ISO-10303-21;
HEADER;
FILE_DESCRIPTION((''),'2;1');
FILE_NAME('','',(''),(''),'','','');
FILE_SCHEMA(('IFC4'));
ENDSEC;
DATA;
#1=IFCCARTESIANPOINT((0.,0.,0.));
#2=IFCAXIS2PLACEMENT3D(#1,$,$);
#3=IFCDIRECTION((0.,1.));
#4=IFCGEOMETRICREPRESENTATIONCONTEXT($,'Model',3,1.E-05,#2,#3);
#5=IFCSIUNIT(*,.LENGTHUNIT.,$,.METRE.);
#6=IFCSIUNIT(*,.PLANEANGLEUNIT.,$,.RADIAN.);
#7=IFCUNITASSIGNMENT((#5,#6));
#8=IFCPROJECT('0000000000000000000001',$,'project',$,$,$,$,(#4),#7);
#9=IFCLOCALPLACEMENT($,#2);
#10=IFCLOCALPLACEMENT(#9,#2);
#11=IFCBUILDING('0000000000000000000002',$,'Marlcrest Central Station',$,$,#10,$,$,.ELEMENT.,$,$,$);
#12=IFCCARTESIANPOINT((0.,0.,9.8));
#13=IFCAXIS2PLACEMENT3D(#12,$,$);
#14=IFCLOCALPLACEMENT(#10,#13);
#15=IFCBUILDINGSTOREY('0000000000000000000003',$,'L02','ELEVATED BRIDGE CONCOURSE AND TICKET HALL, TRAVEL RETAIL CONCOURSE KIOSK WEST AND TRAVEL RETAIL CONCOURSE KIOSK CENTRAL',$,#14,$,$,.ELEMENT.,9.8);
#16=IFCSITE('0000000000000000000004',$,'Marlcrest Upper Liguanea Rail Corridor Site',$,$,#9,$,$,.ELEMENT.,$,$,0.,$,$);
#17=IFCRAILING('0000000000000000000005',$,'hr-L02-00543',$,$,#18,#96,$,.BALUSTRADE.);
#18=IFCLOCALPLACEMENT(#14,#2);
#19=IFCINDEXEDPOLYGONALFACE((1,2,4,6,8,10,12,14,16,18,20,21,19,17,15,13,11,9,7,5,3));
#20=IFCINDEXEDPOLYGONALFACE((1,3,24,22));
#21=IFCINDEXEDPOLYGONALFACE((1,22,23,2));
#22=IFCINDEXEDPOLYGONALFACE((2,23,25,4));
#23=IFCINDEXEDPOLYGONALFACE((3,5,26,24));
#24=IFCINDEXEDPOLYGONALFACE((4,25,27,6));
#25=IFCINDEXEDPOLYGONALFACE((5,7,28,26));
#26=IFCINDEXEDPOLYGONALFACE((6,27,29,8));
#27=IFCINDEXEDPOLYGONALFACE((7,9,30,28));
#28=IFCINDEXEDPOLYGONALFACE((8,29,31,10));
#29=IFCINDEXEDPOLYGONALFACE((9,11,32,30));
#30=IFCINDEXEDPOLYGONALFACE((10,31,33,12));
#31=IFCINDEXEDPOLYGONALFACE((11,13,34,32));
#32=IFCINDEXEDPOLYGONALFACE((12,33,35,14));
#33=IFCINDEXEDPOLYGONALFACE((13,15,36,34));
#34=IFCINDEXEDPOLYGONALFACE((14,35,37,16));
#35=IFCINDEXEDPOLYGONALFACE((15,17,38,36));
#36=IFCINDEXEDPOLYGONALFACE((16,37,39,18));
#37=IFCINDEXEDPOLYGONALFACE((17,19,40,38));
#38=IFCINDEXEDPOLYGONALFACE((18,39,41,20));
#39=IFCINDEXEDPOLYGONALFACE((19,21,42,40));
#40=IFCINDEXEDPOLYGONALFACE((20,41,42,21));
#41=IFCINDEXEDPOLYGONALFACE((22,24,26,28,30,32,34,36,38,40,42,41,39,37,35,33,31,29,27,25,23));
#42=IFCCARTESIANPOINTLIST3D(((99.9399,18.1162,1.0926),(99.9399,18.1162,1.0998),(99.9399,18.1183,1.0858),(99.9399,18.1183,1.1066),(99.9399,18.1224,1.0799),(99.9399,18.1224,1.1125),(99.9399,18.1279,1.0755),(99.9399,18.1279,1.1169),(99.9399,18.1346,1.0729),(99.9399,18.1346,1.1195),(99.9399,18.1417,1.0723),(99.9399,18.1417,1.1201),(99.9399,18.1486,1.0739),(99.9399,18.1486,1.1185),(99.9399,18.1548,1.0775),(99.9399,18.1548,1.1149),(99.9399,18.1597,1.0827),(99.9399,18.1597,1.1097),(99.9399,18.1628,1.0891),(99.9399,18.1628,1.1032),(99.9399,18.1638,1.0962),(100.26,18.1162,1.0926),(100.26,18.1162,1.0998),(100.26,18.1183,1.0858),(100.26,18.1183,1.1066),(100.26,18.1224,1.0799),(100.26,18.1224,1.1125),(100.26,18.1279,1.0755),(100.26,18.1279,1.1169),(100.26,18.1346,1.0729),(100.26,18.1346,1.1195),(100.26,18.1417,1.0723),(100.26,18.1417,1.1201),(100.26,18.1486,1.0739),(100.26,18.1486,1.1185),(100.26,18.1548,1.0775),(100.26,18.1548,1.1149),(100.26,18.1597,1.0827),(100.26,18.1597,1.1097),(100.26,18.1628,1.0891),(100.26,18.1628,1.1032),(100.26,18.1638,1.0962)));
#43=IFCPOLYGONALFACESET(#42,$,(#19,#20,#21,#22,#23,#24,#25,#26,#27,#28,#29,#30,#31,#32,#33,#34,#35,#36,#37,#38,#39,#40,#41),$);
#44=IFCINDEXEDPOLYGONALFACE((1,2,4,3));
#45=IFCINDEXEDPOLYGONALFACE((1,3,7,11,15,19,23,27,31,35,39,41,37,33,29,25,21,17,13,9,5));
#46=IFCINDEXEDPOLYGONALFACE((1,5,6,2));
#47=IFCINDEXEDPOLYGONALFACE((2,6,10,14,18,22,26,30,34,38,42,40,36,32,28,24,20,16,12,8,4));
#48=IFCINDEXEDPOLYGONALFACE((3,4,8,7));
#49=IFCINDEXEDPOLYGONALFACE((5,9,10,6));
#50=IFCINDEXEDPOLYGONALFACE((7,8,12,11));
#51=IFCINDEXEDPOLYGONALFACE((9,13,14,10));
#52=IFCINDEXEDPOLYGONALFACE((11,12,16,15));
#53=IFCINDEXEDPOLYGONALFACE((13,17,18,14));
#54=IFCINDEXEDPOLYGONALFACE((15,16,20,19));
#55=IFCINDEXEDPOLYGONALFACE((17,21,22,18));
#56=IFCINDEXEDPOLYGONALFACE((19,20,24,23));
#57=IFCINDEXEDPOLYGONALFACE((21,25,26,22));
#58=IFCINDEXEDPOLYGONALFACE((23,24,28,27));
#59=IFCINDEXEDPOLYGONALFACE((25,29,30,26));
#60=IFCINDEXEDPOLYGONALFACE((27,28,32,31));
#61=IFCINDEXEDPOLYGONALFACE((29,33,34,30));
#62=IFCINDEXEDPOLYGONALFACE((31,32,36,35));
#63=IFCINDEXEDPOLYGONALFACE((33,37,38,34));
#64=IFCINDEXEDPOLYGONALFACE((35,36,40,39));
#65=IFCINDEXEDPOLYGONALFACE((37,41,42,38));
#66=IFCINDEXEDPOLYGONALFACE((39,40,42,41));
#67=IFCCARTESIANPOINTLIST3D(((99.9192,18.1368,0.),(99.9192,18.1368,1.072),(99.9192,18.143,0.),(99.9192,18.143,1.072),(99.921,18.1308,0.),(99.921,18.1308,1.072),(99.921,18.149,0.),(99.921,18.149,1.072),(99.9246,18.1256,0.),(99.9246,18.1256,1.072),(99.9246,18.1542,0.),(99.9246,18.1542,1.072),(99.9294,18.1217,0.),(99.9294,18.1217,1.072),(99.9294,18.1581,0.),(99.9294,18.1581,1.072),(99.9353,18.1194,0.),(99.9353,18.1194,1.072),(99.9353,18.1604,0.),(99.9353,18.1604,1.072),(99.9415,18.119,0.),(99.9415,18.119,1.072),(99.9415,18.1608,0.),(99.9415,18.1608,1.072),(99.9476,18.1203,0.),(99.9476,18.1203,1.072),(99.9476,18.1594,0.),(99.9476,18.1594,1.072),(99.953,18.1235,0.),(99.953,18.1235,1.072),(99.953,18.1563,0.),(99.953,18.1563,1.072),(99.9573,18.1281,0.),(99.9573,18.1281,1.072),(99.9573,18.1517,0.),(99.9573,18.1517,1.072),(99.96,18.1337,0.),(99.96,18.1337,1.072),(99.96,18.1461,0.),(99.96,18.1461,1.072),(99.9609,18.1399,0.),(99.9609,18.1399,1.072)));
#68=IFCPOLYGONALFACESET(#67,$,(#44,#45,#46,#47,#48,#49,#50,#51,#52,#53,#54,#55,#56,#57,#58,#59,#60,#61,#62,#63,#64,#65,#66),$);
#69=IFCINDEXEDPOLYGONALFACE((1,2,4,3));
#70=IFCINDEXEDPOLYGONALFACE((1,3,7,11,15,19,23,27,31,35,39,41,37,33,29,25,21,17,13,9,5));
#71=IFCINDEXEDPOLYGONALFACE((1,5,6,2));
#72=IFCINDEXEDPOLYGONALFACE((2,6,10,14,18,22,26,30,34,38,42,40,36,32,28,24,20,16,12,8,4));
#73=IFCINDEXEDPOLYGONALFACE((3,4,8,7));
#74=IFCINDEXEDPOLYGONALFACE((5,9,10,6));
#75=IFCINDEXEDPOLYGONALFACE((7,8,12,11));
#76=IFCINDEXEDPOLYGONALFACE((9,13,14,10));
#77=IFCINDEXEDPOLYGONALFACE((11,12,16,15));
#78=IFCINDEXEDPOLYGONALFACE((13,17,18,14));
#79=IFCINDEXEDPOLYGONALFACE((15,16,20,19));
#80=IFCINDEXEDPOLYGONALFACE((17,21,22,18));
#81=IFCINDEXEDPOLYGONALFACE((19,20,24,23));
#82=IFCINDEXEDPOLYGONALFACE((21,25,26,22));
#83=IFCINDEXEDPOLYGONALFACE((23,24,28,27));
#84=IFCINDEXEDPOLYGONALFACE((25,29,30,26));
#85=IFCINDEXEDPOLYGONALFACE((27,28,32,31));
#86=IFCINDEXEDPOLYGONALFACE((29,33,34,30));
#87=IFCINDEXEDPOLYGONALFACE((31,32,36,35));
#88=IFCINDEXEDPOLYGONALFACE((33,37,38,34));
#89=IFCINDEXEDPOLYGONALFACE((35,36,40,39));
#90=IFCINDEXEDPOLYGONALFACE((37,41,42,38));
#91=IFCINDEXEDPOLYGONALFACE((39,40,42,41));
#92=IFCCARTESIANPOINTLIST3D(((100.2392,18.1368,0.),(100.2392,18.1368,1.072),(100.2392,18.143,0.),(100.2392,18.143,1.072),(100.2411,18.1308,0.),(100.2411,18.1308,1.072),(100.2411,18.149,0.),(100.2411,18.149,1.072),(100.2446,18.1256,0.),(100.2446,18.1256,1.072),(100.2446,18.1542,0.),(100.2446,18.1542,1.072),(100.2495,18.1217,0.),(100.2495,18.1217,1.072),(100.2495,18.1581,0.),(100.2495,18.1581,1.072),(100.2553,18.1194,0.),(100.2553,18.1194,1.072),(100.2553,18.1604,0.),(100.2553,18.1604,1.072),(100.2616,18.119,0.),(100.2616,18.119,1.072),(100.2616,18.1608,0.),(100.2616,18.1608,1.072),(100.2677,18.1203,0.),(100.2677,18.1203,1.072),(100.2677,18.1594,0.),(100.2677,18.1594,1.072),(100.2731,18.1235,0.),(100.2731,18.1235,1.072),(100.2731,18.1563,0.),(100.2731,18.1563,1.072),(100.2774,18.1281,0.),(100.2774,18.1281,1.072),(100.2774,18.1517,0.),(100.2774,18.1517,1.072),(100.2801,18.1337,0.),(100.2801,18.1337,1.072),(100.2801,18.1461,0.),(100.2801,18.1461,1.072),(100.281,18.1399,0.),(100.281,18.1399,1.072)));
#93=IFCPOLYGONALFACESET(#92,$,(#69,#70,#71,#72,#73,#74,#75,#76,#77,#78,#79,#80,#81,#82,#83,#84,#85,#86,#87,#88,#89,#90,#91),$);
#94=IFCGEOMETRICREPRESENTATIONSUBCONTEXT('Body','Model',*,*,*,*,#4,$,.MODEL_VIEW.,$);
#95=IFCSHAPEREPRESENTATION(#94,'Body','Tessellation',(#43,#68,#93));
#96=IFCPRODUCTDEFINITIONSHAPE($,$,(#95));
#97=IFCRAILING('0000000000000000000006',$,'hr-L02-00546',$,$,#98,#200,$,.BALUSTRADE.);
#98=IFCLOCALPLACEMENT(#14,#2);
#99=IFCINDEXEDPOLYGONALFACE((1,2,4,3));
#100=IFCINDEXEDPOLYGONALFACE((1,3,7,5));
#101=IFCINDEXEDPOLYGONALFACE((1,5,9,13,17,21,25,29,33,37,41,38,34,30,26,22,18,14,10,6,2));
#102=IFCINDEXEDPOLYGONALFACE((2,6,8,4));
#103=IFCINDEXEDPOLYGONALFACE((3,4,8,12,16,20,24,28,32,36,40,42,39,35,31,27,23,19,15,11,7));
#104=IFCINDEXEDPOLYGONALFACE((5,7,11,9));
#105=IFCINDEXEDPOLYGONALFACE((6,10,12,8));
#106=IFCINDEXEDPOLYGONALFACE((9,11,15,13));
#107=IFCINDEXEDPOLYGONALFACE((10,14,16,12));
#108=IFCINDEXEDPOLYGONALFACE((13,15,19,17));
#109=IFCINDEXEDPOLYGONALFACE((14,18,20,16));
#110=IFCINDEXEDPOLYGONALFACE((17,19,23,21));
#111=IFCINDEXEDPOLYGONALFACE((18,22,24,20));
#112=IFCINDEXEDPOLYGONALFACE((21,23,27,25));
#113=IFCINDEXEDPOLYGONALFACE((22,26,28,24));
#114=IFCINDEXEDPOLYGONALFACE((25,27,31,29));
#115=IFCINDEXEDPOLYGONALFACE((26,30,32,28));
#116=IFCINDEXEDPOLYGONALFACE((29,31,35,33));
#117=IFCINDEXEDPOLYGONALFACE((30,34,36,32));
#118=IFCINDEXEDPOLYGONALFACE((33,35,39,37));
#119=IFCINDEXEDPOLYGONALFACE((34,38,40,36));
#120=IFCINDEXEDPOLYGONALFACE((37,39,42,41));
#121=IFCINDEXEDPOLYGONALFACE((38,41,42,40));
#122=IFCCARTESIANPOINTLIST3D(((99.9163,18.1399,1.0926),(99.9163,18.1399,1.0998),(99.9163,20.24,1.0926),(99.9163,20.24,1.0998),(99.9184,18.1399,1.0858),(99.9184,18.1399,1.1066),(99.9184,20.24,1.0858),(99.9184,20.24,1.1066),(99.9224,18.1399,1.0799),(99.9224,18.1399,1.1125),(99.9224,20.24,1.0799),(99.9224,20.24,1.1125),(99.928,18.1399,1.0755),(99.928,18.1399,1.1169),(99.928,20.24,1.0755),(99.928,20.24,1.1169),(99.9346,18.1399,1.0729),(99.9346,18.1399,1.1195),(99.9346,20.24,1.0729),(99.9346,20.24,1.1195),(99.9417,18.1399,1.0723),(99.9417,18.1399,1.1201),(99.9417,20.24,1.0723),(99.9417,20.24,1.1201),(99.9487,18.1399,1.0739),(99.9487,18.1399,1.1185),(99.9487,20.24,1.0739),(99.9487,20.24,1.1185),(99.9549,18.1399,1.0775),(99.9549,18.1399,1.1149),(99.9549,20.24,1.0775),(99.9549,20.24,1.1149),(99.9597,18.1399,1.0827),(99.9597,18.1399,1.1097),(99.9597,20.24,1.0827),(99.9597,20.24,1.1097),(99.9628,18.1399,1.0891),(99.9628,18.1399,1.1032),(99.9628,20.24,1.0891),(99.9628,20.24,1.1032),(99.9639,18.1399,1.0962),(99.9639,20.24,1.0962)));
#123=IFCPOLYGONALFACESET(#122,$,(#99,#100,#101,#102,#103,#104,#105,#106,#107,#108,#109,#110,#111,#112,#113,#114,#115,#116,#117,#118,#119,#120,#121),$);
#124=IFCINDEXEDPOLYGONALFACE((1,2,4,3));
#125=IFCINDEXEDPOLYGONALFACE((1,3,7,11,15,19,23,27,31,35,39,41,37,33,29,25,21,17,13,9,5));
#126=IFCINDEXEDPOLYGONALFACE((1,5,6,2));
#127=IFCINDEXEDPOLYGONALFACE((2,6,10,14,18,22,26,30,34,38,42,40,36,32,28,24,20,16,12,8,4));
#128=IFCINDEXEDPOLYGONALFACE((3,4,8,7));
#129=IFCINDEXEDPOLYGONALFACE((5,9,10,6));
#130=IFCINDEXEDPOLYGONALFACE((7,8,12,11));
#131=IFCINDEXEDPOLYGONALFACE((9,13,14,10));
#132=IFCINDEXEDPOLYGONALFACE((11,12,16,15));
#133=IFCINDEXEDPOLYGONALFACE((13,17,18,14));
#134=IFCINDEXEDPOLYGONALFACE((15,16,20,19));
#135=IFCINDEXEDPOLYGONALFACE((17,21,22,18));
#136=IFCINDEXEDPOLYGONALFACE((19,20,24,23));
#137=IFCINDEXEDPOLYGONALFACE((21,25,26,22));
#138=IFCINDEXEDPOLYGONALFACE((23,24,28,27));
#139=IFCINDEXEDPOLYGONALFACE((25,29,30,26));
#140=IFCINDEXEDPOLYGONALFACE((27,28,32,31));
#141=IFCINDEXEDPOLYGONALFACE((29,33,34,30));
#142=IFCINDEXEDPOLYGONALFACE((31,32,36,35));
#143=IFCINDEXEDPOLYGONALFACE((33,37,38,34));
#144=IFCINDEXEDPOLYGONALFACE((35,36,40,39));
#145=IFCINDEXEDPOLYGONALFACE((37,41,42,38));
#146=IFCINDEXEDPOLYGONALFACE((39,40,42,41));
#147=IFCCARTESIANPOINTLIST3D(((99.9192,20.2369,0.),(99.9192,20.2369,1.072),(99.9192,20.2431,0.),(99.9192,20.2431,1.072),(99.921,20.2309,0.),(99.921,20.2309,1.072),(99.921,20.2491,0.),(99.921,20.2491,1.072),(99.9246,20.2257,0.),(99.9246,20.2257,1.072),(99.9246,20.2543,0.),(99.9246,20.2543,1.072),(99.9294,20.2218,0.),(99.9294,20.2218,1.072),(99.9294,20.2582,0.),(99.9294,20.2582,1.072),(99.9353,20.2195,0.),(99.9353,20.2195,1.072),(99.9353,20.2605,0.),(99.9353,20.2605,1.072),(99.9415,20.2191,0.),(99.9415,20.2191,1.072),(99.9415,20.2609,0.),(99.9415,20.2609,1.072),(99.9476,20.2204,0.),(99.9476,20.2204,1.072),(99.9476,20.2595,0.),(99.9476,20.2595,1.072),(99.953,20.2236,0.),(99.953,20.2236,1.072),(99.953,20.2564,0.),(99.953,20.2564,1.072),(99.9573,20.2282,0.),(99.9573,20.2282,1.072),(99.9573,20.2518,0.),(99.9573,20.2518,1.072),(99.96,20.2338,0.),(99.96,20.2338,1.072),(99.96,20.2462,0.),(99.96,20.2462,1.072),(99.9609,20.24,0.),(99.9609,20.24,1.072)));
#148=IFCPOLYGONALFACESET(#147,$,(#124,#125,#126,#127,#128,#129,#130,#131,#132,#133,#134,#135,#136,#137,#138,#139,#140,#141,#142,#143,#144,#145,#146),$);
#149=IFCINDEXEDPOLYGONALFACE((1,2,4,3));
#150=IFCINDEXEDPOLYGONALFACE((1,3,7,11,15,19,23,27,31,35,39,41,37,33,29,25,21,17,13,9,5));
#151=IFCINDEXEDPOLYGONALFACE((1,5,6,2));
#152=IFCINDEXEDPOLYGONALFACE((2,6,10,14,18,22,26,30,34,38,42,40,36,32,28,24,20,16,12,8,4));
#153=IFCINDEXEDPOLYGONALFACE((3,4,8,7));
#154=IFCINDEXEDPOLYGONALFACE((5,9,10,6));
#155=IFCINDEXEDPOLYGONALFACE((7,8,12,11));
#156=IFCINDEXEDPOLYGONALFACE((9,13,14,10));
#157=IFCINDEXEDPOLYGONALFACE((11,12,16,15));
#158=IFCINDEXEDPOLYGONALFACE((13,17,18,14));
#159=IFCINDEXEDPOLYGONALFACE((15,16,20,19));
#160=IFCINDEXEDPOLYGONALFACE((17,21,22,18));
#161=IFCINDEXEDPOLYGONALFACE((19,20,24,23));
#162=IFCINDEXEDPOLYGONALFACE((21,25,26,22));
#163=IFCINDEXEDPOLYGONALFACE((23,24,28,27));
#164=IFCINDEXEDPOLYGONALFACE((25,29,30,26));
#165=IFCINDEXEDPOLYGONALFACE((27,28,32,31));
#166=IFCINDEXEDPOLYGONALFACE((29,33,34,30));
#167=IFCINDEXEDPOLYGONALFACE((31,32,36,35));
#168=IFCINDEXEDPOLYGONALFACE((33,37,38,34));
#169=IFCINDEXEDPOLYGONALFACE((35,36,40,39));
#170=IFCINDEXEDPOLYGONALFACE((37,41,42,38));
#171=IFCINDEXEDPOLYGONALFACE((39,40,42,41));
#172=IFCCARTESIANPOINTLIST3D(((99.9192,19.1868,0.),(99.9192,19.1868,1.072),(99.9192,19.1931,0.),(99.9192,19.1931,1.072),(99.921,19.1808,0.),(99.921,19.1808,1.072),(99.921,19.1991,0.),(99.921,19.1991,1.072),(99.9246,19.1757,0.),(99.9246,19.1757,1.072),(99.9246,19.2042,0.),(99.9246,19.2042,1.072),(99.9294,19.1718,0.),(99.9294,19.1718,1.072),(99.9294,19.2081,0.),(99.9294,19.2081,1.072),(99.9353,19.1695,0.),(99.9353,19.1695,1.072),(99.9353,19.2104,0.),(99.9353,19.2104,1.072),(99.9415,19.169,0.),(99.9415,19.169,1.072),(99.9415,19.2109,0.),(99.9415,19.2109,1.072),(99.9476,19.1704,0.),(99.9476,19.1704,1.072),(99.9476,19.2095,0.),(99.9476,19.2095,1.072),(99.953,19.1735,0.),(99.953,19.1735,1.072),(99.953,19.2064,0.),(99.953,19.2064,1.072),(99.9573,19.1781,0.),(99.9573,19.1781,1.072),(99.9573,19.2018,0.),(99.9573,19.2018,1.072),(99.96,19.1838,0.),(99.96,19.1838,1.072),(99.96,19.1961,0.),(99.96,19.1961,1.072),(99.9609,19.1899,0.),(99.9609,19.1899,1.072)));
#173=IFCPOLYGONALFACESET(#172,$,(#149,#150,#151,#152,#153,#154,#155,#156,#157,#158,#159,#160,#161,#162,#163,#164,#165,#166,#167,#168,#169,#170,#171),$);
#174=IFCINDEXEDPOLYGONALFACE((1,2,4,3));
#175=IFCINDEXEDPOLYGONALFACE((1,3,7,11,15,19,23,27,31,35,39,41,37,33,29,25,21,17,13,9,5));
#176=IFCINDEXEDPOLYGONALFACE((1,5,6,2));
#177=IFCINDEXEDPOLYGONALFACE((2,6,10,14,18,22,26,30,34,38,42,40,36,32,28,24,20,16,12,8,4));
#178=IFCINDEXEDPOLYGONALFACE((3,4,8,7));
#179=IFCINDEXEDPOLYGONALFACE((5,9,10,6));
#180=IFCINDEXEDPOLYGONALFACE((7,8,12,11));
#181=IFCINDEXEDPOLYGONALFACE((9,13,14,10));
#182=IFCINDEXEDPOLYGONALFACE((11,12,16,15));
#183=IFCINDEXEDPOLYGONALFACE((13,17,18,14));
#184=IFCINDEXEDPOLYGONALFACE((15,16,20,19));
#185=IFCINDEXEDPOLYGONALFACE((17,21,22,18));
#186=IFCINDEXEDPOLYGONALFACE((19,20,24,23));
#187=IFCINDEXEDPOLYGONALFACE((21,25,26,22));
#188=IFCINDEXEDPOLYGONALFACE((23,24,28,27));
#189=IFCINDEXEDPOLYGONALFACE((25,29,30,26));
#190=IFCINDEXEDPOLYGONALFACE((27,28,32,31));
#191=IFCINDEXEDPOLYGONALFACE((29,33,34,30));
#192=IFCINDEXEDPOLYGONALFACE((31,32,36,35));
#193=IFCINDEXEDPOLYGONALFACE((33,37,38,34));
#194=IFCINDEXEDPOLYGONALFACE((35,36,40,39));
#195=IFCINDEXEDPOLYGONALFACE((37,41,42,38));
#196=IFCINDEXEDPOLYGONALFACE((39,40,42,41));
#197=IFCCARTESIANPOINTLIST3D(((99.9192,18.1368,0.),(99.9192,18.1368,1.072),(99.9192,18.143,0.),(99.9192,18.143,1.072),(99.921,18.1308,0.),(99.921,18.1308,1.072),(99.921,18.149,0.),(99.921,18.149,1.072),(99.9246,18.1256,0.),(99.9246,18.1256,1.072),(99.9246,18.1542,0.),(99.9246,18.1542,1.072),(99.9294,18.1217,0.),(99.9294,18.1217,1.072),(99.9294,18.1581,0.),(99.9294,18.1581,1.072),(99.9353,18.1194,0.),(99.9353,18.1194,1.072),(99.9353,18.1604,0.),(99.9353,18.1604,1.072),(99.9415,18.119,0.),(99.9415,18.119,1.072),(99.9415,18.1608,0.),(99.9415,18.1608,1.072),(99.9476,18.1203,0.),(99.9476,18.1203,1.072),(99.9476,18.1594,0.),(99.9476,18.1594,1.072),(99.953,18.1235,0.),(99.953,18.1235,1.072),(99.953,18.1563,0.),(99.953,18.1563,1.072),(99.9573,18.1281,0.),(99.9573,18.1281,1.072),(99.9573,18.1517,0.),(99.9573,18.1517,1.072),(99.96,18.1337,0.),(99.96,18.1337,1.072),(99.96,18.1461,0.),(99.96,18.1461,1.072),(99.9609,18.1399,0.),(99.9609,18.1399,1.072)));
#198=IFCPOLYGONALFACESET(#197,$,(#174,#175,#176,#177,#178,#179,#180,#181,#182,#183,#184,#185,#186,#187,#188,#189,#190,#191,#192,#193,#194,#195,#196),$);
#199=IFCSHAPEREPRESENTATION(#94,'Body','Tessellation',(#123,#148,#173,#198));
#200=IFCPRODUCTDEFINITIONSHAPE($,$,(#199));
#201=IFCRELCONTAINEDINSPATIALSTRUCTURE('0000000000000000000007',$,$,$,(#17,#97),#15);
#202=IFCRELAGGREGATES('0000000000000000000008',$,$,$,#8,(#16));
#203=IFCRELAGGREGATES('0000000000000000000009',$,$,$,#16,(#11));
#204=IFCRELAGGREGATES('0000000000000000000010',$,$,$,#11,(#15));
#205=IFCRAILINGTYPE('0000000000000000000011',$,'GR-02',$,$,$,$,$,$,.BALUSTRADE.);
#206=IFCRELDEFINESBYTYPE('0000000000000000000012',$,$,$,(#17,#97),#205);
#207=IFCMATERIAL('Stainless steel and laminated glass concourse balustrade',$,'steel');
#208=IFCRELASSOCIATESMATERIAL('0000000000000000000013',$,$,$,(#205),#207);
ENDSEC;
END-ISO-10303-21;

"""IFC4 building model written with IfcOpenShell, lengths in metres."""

from ifc_helpers import new_model, si_unit, direction, frame, origin, origin_2d, place, context, subcontext, project, spatial, circle, extrude, material, type_object, element, save


model = new_model("IFC4")

# Units and contexts
model_context = context("Model", 3, precision=1e-05, world=origin(), true_north=direction((0.0, 1.0)))
body_context = subcontext(model_context, "Body", "Model", "MODEL_VIEW")
ifc_project = project(units=[si_unit("LENGTHUNIT", "METRE"), si_unit("PLANEANGLEUNIT", "RADIAN")], contexts=[model_context])

# Site, building, storey
site_placement = place(None, origin())
site = spatial("IfcSite", under=ifc_project, at=site_placement, Name="Marlcrest Upper Liguanea Rail Corridor Site", CompositionType="ELEMENT", RefElevation=0.0)
building_placement = place(site_placement, origin())
building = spatial("IfcBuilding", under=site, at=building_placement, Name="Marlcrest Central Station", CompositionType="ELEMENT")
storey_placement = place(building_placement, frame((0.0, 0.0, 9.8)))
storey = spatial("IfcBuildingStorey", under=building, at=storey_placement, Name="L02", Description="ELEVATED BRIDGE CONCOURSE AND TICKET HALL, TRAVEL RETAIL CONCOURSE KIOSK WEST AND TRAVEL RETAIL CONCOURSE KIOSK CENTRAL", CompositionType="ELEMENT", Elevation=9.8)

# Railings
ifc_material_1 = material(Name="Stainless steel and laminated glass concourse balustrade", Category="steel")
railing_type = type_object("IfcRailingType", Name="GR-02", PredefinedType="BALUSTRADE", material=ifc_material_1)
railing_1_placement = place(storey_placement, frame((99.9399, 18.1399, 0.0)))
element("IfcRailing", 1, at=railing_1_placement, inside=storey, type_object=railing_type, Name="hr-L02-00543", PredefinedType="BALUSTRADE", context=body_context, shape_type="SweptSolid", body=[
    extrude(circle(Radius=0.0239, at=origin_2d()), frame((0.0, 0.0, 1.0962), z_axis=(1.0, 0.0, 0.0), x_axis=(0.0, 1.0, 0.0)), (0.0, 0.0, 1.0), 0.3201),
    extrude(circle(Radius=0.021, at=origin_2d()), origin(), (0.0, 0.0, 1.0), 1.072),
    extrude(circle(Radius=0.021, at=origin_2d()), frame((0.3201, 0.0, 0.0)), (0.0, 0.0, 1.0), 1.072),
])
railing_2_placement = place(storey_placement, frame((99.9399, 20.24, 0.0)))
element("IfcRailing", 2, at=railing_2_placement, inside=storey, type_object=railing_type, Name="hr-L02-00546", PredefinedType="BALUSTRADE", context=body_context, shape_type="SweptSolid", body=[
    extrude(circle(Radius=0.0239, at=origin_2d()), frame((0.0, 0.0, 1.0962), z_axis=(0.0, -1.0, 0.0), x_axis=(1.0, 0.0, 0.0)), (0.0, 0.0, 1.0), 2.1001),
    extrude(circle(Radius=0.021, at=origin_2d()), origin(), (0.0, 0.0, 1.0), 1.072),
    extrude(circle(Radius=0.021, at=origin_2d()), frame((0.0, -1.05, 0.0)), (0.0, 0.0, 1.0), 1.072),
    extrude(circle(Radius=0.021, at=origin_2d()), frame((0.0, -2.1001, 0.0)), (0.0, 0.0, 1.0), 1.072),
])

save(model, "model.ifc")
